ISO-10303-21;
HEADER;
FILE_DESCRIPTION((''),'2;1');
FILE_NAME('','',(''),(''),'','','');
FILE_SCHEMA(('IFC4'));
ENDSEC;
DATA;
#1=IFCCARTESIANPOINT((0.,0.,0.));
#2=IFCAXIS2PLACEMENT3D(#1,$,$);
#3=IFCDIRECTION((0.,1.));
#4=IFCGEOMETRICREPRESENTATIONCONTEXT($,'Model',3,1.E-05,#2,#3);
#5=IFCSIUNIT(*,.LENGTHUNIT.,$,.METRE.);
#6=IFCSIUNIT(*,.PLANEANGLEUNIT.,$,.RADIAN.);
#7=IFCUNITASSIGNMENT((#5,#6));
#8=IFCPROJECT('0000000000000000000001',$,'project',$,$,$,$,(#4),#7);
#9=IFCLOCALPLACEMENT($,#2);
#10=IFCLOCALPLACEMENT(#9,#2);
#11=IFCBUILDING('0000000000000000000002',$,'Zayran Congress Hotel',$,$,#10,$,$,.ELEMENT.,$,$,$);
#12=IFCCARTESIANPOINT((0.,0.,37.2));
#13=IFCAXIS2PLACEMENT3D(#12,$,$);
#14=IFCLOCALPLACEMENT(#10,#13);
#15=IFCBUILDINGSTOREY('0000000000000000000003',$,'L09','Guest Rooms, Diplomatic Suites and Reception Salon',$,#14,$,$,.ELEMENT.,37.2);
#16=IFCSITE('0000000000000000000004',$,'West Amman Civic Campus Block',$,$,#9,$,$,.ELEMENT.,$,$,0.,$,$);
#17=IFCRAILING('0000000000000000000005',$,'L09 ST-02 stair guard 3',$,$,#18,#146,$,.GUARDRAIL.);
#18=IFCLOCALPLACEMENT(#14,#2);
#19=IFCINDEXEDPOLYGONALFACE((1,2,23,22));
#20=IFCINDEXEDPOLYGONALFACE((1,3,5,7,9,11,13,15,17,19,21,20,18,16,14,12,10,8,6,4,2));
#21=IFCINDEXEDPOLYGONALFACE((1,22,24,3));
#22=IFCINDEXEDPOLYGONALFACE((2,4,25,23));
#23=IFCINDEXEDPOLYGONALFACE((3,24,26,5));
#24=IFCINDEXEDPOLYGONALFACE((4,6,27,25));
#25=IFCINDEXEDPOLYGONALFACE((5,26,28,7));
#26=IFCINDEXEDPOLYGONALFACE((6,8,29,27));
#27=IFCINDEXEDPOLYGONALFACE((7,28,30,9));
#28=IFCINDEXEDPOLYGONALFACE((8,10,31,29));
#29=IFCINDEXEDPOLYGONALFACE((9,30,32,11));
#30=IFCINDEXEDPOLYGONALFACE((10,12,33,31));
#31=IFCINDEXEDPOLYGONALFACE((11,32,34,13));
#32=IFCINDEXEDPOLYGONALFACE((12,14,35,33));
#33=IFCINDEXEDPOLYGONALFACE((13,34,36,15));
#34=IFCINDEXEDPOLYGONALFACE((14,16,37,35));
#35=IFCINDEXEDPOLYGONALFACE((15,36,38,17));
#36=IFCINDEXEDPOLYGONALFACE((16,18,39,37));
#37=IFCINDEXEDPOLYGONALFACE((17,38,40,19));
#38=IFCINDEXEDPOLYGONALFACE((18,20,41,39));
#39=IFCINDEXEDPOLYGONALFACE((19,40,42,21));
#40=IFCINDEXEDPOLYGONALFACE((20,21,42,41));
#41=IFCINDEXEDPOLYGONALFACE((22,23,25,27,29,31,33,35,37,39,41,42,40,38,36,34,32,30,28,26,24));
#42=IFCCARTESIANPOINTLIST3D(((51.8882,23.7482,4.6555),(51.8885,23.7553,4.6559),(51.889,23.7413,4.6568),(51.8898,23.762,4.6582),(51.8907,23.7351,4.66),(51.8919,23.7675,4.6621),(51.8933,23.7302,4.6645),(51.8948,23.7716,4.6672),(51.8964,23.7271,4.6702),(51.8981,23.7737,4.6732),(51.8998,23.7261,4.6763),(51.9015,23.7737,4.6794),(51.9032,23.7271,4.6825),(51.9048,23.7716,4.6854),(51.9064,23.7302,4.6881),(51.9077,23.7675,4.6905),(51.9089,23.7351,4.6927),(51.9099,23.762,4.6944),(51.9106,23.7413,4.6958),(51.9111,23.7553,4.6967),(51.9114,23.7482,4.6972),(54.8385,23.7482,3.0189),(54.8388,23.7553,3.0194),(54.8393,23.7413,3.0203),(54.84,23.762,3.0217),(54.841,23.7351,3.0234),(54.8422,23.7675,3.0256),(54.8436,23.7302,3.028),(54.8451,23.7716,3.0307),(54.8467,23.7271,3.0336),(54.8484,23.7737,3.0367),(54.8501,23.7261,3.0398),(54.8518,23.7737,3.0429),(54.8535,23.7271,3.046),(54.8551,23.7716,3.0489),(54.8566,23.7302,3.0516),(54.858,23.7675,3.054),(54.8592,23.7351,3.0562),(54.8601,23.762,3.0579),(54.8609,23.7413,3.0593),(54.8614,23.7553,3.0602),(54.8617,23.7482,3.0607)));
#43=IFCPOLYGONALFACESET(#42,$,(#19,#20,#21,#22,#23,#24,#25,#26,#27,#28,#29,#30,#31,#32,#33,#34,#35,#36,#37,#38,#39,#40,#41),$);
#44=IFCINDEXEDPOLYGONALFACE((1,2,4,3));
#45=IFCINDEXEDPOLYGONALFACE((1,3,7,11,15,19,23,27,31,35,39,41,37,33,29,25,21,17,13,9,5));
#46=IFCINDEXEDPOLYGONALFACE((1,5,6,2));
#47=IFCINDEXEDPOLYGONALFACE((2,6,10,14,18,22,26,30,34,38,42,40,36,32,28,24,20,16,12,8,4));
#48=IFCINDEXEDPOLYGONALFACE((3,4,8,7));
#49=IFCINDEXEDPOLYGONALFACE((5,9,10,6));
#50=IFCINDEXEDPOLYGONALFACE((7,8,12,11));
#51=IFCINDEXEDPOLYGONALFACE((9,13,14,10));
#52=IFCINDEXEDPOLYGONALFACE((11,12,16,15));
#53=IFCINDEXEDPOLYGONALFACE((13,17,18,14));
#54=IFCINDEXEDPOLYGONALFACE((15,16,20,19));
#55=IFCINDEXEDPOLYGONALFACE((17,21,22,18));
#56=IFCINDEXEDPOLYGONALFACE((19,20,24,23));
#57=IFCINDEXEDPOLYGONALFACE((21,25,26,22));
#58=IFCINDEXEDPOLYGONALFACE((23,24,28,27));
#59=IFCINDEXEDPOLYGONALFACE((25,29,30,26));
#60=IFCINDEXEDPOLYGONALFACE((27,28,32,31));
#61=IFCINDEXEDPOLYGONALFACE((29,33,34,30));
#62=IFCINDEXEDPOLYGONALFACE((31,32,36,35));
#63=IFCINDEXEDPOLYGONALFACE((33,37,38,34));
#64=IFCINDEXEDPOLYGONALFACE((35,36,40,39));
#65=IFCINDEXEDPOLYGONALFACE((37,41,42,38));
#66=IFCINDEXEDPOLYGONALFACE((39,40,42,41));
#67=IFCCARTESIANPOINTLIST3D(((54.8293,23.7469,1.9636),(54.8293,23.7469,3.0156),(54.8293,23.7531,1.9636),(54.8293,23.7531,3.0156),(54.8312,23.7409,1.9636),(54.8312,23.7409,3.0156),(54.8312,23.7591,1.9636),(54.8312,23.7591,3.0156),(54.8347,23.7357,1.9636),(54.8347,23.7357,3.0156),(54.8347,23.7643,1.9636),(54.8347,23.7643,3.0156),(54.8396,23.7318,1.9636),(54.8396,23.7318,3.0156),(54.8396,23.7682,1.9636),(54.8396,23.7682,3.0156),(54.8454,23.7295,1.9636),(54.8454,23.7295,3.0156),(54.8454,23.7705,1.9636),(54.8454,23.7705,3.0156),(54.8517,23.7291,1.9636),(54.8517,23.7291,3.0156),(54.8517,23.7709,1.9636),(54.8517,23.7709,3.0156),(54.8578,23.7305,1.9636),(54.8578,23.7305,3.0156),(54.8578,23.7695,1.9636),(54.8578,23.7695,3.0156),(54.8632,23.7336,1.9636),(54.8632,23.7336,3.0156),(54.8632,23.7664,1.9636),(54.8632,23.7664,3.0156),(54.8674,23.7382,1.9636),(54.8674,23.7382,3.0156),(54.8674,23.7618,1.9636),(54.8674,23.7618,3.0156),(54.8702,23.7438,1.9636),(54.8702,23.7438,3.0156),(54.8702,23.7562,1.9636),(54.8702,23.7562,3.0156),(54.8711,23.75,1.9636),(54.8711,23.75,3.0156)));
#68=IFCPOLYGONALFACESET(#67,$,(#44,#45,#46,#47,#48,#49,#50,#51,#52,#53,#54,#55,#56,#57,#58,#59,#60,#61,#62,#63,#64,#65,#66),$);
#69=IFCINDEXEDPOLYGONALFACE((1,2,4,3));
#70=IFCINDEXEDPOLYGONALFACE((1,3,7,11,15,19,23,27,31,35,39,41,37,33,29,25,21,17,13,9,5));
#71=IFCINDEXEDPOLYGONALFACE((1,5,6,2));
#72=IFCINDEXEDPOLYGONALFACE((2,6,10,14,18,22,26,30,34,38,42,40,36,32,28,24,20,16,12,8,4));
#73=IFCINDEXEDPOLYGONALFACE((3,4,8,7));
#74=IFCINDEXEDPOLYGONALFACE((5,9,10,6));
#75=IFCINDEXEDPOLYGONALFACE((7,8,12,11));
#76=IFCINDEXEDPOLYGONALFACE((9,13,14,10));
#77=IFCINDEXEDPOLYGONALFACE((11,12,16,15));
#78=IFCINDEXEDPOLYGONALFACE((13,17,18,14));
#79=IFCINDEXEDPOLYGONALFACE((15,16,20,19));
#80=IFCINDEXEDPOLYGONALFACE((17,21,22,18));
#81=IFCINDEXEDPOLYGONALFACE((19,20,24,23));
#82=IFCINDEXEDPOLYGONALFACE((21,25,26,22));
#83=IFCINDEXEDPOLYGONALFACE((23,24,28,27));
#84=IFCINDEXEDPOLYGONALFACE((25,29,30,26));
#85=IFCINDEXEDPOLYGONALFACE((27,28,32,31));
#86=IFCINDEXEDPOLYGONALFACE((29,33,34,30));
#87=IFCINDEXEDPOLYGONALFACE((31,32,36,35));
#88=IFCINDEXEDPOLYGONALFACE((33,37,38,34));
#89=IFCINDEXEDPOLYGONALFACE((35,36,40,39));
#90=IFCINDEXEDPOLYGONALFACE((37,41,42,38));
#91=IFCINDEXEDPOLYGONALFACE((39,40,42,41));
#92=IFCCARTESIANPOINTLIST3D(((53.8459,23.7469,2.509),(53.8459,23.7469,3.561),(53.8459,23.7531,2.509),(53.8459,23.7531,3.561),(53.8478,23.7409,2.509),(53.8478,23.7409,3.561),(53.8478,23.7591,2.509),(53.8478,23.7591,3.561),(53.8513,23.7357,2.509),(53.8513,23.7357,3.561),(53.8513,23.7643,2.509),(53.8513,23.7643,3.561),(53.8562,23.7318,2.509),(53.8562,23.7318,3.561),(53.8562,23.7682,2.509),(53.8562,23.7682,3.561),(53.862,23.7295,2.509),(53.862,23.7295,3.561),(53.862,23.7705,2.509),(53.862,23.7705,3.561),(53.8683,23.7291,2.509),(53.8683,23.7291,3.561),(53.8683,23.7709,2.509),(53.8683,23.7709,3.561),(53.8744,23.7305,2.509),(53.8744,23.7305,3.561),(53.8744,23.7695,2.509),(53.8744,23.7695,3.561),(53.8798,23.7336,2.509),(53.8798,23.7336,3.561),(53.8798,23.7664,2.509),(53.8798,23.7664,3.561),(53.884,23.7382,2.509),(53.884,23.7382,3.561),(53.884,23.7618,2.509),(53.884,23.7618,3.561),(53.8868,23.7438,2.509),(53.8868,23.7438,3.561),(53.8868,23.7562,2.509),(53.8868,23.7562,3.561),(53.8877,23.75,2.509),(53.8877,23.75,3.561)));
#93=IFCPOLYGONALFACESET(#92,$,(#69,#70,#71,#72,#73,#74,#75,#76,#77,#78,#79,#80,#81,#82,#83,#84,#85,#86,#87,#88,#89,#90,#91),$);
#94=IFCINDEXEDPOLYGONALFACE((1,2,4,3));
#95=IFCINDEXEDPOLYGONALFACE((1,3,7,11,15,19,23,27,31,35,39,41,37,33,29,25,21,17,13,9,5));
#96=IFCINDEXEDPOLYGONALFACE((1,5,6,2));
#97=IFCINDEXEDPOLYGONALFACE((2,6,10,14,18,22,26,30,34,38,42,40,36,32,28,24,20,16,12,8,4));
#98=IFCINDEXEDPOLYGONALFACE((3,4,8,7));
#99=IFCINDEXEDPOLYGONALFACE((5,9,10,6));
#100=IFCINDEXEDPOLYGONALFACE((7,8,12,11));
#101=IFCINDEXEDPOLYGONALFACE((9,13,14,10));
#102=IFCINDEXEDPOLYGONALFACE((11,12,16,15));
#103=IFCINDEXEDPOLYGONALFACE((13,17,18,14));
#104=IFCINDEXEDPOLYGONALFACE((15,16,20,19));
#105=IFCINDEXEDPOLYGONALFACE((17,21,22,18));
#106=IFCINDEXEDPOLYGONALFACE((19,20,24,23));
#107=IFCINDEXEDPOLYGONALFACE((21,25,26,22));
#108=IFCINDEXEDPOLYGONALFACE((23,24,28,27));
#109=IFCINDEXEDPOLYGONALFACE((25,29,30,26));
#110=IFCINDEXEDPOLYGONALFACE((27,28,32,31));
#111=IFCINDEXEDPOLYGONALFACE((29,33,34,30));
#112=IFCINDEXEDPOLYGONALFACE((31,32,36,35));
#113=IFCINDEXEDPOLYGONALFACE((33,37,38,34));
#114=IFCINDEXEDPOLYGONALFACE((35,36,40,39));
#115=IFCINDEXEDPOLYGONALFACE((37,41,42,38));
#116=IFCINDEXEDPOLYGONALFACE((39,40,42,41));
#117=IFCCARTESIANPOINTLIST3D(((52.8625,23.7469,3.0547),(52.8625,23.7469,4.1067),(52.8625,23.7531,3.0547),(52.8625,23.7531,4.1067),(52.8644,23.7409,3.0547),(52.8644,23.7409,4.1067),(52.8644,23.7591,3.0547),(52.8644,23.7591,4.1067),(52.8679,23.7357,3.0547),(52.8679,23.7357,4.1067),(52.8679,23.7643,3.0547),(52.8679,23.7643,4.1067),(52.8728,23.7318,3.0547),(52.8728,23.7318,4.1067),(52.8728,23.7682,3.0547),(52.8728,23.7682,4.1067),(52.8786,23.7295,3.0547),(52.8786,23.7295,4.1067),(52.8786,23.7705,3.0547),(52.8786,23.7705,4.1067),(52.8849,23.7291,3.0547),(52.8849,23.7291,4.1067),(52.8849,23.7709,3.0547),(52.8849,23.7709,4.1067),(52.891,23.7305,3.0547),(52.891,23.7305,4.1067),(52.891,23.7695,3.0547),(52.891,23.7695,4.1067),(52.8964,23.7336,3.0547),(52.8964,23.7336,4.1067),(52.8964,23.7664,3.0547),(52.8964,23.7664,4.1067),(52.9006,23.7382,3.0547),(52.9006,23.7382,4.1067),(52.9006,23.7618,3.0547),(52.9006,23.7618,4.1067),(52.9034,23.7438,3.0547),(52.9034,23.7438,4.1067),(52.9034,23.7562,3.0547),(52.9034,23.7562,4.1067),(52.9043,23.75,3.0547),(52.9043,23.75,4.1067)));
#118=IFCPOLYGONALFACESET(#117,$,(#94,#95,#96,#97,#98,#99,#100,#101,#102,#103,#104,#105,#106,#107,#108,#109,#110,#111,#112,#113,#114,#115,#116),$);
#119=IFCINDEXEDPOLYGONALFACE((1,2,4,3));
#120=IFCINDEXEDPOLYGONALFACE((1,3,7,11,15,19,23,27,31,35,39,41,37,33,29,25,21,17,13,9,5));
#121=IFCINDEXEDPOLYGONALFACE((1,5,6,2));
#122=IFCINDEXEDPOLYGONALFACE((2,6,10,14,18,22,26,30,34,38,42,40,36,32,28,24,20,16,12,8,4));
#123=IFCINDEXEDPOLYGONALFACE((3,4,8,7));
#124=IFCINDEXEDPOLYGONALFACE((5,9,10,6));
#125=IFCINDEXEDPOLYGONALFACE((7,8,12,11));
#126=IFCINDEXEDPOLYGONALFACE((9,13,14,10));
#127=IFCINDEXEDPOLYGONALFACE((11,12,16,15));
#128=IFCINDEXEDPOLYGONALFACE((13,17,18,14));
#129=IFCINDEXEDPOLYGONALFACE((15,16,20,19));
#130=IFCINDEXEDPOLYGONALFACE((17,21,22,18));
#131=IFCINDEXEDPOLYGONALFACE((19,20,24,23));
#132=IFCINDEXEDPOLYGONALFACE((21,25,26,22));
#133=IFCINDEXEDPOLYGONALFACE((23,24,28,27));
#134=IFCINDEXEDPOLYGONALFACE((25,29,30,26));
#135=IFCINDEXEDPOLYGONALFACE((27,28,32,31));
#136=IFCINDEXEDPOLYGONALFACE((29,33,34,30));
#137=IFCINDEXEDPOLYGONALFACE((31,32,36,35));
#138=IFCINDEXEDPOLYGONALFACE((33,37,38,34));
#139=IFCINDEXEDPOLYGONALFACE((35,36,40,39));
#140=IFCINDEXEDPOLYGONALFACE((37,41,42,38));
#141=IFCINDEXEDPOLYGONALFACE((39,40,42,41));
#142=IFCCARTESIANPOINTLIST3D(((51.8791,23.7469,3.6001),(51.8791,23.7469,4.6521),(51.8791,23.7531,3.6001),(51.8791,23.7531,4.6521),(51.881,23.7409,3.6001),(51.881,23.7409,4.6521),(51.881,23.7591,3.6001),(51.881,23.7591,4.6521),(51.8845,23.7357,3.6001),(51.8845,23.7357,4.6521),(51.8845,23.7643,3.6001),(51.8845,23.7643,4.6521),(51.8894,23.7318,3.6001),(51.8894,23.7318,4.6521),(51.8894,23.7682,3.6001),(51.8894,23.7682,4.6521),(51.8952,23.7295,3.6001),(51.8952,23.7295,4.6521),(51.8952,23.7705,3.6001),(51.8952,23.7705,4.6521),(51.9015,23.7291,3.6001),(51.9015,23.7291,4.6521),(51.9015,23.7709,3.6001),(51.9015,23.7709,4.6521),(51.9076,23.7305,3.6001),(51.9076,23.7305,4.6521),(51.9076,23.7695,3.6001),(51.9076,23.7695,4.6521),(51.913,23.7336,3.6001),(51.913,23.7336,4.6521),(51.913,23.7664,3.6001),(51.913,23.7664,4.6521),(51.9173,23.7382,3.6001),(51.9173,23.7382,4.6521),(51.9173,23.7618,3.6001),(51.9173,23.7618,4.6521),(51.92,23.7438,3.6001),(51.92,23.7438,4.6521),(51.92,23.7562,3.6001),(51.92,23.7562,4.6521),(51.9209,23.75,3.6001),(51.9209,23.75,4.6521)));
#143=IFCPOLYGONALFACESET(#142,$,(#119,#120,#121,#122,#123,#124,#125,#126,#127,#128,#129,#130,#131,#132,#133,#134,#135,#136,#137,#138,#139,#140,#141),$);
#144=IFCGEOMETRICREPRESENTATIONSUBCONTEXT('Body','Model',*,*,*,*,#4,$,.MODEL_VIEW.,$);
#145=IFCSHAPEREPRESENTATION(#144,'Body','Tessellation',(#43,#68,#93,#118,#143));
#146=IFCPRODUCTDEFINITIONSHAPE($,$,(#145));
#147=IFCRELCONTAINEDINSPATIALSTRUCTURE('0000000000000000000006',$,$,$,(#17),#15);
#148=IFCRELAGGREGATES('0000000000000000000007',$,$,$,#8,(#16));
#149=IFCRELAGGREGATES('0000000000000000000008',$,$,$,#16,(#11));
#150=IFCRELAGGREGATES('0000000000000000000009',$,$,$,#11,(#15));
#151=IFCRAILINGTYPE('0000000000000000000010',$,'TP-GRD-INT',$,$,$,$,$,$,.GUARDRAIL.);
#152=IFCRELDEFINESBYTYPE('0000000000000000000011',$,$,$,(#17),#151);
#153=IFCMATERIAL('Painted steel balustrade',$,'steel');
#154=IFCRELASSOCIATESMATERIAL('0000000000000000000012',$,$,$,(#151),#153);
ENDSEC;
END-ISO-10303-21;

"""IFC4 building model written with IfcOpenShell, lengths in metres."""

from ifc_helpers import new_model, si_unit, direction, frame, origin, origin_2d, place, context, subcontext, project, spatial, circle, extrude, material, type_object, element, save


model = new_model("IFC4")

# Units and contexts
model_context = context("Model", 3, precision=1e-05, world=origin(), true_north=direction((0.0, 1.0)))
body_context = subcontext(model_context, "Body", "Model", "MODEL_VIEW")
ifc_project = project(units=[si_unit("LENGTHUNIT", "METRE"), si_unit("PLANEANGLEUNIT", "RADIAN")], contexts=[model_context])

# Site, building, storey
site_placement = place(None, origin())
site = spatial("IfcSite", under=ifc_project, at=site_placement, Name="West Amman Civic Campus Block", CompositionType="ELEMENT", RefElevation=0.0)
building_placement = place(site_placement, origin())
building = spatial("IfcBuilding", under=site, at=building_placement, Name="Zayran Congress Hotel", CompositionType="ELEMENT")
storey_placement = place(building_placement, frame((0.0, 0.0, 37.2)))
storey = spatial("IfcBuildingStorey", under=building, at=storey_placement, Name="L09", Description="Guest Rooms, Diplomatic Suites and Reception Salon", CompositionType="ELEMENT", Elevation=37.2)

# Railing
ifc_material_1 = material(Name="Painted steel balustrade", Category="steel")
railing_type_1 = type_object("IfcRailingType", Name="TP-GRD-INT", PredefinedType="GUARDRAIL", material=ifc_material_1)
railing_1_placement = place(storey_placement, frame((54.8501, 23.75, 1.9636)))
element("IfcRailing", 1, at=railing_1_placement, inside=storey, type_object=railing_type_1, Name="L09 ST-02 stair guard 3", PredefinedType="GUARDRAIL", context=body_context, shape_type="SweptSolid", body=[
    extrude(circle(Radius=0.0239, at=origin_2d()), frame((0.0, 0.0, 1.0762), z_axis=(-0.874475, 0.0, 0.485071), x_axis=(0.0, -1.0, 0.0)), (0.0, 0.0, 1.0), 3.3738),
    extrude(circle(Radius=0.021, at=origin_2d()), origin(), (0.0, 0.0, 1.0), 1.052),
    extrude(circle(Radius=0.021, at=origin_2d()), frame((-0.9834, 0.0, 0.5454)), (0.0, 0.0, 1.0), 1.052),
    extrude(circle(Radius=0.021, at=origin_2d()), frame((-1.9668, 0.0, 1.0911)), (0.0, 0.0, 1.0), 1.052),
    extrude(circle(Radius=0.021, at=origin_2d()), frame((-2.9502, 0.0, 1.6365)), (0.0, 0.0, 1.0), 1.052),
])

save(model, "model.ifc")
